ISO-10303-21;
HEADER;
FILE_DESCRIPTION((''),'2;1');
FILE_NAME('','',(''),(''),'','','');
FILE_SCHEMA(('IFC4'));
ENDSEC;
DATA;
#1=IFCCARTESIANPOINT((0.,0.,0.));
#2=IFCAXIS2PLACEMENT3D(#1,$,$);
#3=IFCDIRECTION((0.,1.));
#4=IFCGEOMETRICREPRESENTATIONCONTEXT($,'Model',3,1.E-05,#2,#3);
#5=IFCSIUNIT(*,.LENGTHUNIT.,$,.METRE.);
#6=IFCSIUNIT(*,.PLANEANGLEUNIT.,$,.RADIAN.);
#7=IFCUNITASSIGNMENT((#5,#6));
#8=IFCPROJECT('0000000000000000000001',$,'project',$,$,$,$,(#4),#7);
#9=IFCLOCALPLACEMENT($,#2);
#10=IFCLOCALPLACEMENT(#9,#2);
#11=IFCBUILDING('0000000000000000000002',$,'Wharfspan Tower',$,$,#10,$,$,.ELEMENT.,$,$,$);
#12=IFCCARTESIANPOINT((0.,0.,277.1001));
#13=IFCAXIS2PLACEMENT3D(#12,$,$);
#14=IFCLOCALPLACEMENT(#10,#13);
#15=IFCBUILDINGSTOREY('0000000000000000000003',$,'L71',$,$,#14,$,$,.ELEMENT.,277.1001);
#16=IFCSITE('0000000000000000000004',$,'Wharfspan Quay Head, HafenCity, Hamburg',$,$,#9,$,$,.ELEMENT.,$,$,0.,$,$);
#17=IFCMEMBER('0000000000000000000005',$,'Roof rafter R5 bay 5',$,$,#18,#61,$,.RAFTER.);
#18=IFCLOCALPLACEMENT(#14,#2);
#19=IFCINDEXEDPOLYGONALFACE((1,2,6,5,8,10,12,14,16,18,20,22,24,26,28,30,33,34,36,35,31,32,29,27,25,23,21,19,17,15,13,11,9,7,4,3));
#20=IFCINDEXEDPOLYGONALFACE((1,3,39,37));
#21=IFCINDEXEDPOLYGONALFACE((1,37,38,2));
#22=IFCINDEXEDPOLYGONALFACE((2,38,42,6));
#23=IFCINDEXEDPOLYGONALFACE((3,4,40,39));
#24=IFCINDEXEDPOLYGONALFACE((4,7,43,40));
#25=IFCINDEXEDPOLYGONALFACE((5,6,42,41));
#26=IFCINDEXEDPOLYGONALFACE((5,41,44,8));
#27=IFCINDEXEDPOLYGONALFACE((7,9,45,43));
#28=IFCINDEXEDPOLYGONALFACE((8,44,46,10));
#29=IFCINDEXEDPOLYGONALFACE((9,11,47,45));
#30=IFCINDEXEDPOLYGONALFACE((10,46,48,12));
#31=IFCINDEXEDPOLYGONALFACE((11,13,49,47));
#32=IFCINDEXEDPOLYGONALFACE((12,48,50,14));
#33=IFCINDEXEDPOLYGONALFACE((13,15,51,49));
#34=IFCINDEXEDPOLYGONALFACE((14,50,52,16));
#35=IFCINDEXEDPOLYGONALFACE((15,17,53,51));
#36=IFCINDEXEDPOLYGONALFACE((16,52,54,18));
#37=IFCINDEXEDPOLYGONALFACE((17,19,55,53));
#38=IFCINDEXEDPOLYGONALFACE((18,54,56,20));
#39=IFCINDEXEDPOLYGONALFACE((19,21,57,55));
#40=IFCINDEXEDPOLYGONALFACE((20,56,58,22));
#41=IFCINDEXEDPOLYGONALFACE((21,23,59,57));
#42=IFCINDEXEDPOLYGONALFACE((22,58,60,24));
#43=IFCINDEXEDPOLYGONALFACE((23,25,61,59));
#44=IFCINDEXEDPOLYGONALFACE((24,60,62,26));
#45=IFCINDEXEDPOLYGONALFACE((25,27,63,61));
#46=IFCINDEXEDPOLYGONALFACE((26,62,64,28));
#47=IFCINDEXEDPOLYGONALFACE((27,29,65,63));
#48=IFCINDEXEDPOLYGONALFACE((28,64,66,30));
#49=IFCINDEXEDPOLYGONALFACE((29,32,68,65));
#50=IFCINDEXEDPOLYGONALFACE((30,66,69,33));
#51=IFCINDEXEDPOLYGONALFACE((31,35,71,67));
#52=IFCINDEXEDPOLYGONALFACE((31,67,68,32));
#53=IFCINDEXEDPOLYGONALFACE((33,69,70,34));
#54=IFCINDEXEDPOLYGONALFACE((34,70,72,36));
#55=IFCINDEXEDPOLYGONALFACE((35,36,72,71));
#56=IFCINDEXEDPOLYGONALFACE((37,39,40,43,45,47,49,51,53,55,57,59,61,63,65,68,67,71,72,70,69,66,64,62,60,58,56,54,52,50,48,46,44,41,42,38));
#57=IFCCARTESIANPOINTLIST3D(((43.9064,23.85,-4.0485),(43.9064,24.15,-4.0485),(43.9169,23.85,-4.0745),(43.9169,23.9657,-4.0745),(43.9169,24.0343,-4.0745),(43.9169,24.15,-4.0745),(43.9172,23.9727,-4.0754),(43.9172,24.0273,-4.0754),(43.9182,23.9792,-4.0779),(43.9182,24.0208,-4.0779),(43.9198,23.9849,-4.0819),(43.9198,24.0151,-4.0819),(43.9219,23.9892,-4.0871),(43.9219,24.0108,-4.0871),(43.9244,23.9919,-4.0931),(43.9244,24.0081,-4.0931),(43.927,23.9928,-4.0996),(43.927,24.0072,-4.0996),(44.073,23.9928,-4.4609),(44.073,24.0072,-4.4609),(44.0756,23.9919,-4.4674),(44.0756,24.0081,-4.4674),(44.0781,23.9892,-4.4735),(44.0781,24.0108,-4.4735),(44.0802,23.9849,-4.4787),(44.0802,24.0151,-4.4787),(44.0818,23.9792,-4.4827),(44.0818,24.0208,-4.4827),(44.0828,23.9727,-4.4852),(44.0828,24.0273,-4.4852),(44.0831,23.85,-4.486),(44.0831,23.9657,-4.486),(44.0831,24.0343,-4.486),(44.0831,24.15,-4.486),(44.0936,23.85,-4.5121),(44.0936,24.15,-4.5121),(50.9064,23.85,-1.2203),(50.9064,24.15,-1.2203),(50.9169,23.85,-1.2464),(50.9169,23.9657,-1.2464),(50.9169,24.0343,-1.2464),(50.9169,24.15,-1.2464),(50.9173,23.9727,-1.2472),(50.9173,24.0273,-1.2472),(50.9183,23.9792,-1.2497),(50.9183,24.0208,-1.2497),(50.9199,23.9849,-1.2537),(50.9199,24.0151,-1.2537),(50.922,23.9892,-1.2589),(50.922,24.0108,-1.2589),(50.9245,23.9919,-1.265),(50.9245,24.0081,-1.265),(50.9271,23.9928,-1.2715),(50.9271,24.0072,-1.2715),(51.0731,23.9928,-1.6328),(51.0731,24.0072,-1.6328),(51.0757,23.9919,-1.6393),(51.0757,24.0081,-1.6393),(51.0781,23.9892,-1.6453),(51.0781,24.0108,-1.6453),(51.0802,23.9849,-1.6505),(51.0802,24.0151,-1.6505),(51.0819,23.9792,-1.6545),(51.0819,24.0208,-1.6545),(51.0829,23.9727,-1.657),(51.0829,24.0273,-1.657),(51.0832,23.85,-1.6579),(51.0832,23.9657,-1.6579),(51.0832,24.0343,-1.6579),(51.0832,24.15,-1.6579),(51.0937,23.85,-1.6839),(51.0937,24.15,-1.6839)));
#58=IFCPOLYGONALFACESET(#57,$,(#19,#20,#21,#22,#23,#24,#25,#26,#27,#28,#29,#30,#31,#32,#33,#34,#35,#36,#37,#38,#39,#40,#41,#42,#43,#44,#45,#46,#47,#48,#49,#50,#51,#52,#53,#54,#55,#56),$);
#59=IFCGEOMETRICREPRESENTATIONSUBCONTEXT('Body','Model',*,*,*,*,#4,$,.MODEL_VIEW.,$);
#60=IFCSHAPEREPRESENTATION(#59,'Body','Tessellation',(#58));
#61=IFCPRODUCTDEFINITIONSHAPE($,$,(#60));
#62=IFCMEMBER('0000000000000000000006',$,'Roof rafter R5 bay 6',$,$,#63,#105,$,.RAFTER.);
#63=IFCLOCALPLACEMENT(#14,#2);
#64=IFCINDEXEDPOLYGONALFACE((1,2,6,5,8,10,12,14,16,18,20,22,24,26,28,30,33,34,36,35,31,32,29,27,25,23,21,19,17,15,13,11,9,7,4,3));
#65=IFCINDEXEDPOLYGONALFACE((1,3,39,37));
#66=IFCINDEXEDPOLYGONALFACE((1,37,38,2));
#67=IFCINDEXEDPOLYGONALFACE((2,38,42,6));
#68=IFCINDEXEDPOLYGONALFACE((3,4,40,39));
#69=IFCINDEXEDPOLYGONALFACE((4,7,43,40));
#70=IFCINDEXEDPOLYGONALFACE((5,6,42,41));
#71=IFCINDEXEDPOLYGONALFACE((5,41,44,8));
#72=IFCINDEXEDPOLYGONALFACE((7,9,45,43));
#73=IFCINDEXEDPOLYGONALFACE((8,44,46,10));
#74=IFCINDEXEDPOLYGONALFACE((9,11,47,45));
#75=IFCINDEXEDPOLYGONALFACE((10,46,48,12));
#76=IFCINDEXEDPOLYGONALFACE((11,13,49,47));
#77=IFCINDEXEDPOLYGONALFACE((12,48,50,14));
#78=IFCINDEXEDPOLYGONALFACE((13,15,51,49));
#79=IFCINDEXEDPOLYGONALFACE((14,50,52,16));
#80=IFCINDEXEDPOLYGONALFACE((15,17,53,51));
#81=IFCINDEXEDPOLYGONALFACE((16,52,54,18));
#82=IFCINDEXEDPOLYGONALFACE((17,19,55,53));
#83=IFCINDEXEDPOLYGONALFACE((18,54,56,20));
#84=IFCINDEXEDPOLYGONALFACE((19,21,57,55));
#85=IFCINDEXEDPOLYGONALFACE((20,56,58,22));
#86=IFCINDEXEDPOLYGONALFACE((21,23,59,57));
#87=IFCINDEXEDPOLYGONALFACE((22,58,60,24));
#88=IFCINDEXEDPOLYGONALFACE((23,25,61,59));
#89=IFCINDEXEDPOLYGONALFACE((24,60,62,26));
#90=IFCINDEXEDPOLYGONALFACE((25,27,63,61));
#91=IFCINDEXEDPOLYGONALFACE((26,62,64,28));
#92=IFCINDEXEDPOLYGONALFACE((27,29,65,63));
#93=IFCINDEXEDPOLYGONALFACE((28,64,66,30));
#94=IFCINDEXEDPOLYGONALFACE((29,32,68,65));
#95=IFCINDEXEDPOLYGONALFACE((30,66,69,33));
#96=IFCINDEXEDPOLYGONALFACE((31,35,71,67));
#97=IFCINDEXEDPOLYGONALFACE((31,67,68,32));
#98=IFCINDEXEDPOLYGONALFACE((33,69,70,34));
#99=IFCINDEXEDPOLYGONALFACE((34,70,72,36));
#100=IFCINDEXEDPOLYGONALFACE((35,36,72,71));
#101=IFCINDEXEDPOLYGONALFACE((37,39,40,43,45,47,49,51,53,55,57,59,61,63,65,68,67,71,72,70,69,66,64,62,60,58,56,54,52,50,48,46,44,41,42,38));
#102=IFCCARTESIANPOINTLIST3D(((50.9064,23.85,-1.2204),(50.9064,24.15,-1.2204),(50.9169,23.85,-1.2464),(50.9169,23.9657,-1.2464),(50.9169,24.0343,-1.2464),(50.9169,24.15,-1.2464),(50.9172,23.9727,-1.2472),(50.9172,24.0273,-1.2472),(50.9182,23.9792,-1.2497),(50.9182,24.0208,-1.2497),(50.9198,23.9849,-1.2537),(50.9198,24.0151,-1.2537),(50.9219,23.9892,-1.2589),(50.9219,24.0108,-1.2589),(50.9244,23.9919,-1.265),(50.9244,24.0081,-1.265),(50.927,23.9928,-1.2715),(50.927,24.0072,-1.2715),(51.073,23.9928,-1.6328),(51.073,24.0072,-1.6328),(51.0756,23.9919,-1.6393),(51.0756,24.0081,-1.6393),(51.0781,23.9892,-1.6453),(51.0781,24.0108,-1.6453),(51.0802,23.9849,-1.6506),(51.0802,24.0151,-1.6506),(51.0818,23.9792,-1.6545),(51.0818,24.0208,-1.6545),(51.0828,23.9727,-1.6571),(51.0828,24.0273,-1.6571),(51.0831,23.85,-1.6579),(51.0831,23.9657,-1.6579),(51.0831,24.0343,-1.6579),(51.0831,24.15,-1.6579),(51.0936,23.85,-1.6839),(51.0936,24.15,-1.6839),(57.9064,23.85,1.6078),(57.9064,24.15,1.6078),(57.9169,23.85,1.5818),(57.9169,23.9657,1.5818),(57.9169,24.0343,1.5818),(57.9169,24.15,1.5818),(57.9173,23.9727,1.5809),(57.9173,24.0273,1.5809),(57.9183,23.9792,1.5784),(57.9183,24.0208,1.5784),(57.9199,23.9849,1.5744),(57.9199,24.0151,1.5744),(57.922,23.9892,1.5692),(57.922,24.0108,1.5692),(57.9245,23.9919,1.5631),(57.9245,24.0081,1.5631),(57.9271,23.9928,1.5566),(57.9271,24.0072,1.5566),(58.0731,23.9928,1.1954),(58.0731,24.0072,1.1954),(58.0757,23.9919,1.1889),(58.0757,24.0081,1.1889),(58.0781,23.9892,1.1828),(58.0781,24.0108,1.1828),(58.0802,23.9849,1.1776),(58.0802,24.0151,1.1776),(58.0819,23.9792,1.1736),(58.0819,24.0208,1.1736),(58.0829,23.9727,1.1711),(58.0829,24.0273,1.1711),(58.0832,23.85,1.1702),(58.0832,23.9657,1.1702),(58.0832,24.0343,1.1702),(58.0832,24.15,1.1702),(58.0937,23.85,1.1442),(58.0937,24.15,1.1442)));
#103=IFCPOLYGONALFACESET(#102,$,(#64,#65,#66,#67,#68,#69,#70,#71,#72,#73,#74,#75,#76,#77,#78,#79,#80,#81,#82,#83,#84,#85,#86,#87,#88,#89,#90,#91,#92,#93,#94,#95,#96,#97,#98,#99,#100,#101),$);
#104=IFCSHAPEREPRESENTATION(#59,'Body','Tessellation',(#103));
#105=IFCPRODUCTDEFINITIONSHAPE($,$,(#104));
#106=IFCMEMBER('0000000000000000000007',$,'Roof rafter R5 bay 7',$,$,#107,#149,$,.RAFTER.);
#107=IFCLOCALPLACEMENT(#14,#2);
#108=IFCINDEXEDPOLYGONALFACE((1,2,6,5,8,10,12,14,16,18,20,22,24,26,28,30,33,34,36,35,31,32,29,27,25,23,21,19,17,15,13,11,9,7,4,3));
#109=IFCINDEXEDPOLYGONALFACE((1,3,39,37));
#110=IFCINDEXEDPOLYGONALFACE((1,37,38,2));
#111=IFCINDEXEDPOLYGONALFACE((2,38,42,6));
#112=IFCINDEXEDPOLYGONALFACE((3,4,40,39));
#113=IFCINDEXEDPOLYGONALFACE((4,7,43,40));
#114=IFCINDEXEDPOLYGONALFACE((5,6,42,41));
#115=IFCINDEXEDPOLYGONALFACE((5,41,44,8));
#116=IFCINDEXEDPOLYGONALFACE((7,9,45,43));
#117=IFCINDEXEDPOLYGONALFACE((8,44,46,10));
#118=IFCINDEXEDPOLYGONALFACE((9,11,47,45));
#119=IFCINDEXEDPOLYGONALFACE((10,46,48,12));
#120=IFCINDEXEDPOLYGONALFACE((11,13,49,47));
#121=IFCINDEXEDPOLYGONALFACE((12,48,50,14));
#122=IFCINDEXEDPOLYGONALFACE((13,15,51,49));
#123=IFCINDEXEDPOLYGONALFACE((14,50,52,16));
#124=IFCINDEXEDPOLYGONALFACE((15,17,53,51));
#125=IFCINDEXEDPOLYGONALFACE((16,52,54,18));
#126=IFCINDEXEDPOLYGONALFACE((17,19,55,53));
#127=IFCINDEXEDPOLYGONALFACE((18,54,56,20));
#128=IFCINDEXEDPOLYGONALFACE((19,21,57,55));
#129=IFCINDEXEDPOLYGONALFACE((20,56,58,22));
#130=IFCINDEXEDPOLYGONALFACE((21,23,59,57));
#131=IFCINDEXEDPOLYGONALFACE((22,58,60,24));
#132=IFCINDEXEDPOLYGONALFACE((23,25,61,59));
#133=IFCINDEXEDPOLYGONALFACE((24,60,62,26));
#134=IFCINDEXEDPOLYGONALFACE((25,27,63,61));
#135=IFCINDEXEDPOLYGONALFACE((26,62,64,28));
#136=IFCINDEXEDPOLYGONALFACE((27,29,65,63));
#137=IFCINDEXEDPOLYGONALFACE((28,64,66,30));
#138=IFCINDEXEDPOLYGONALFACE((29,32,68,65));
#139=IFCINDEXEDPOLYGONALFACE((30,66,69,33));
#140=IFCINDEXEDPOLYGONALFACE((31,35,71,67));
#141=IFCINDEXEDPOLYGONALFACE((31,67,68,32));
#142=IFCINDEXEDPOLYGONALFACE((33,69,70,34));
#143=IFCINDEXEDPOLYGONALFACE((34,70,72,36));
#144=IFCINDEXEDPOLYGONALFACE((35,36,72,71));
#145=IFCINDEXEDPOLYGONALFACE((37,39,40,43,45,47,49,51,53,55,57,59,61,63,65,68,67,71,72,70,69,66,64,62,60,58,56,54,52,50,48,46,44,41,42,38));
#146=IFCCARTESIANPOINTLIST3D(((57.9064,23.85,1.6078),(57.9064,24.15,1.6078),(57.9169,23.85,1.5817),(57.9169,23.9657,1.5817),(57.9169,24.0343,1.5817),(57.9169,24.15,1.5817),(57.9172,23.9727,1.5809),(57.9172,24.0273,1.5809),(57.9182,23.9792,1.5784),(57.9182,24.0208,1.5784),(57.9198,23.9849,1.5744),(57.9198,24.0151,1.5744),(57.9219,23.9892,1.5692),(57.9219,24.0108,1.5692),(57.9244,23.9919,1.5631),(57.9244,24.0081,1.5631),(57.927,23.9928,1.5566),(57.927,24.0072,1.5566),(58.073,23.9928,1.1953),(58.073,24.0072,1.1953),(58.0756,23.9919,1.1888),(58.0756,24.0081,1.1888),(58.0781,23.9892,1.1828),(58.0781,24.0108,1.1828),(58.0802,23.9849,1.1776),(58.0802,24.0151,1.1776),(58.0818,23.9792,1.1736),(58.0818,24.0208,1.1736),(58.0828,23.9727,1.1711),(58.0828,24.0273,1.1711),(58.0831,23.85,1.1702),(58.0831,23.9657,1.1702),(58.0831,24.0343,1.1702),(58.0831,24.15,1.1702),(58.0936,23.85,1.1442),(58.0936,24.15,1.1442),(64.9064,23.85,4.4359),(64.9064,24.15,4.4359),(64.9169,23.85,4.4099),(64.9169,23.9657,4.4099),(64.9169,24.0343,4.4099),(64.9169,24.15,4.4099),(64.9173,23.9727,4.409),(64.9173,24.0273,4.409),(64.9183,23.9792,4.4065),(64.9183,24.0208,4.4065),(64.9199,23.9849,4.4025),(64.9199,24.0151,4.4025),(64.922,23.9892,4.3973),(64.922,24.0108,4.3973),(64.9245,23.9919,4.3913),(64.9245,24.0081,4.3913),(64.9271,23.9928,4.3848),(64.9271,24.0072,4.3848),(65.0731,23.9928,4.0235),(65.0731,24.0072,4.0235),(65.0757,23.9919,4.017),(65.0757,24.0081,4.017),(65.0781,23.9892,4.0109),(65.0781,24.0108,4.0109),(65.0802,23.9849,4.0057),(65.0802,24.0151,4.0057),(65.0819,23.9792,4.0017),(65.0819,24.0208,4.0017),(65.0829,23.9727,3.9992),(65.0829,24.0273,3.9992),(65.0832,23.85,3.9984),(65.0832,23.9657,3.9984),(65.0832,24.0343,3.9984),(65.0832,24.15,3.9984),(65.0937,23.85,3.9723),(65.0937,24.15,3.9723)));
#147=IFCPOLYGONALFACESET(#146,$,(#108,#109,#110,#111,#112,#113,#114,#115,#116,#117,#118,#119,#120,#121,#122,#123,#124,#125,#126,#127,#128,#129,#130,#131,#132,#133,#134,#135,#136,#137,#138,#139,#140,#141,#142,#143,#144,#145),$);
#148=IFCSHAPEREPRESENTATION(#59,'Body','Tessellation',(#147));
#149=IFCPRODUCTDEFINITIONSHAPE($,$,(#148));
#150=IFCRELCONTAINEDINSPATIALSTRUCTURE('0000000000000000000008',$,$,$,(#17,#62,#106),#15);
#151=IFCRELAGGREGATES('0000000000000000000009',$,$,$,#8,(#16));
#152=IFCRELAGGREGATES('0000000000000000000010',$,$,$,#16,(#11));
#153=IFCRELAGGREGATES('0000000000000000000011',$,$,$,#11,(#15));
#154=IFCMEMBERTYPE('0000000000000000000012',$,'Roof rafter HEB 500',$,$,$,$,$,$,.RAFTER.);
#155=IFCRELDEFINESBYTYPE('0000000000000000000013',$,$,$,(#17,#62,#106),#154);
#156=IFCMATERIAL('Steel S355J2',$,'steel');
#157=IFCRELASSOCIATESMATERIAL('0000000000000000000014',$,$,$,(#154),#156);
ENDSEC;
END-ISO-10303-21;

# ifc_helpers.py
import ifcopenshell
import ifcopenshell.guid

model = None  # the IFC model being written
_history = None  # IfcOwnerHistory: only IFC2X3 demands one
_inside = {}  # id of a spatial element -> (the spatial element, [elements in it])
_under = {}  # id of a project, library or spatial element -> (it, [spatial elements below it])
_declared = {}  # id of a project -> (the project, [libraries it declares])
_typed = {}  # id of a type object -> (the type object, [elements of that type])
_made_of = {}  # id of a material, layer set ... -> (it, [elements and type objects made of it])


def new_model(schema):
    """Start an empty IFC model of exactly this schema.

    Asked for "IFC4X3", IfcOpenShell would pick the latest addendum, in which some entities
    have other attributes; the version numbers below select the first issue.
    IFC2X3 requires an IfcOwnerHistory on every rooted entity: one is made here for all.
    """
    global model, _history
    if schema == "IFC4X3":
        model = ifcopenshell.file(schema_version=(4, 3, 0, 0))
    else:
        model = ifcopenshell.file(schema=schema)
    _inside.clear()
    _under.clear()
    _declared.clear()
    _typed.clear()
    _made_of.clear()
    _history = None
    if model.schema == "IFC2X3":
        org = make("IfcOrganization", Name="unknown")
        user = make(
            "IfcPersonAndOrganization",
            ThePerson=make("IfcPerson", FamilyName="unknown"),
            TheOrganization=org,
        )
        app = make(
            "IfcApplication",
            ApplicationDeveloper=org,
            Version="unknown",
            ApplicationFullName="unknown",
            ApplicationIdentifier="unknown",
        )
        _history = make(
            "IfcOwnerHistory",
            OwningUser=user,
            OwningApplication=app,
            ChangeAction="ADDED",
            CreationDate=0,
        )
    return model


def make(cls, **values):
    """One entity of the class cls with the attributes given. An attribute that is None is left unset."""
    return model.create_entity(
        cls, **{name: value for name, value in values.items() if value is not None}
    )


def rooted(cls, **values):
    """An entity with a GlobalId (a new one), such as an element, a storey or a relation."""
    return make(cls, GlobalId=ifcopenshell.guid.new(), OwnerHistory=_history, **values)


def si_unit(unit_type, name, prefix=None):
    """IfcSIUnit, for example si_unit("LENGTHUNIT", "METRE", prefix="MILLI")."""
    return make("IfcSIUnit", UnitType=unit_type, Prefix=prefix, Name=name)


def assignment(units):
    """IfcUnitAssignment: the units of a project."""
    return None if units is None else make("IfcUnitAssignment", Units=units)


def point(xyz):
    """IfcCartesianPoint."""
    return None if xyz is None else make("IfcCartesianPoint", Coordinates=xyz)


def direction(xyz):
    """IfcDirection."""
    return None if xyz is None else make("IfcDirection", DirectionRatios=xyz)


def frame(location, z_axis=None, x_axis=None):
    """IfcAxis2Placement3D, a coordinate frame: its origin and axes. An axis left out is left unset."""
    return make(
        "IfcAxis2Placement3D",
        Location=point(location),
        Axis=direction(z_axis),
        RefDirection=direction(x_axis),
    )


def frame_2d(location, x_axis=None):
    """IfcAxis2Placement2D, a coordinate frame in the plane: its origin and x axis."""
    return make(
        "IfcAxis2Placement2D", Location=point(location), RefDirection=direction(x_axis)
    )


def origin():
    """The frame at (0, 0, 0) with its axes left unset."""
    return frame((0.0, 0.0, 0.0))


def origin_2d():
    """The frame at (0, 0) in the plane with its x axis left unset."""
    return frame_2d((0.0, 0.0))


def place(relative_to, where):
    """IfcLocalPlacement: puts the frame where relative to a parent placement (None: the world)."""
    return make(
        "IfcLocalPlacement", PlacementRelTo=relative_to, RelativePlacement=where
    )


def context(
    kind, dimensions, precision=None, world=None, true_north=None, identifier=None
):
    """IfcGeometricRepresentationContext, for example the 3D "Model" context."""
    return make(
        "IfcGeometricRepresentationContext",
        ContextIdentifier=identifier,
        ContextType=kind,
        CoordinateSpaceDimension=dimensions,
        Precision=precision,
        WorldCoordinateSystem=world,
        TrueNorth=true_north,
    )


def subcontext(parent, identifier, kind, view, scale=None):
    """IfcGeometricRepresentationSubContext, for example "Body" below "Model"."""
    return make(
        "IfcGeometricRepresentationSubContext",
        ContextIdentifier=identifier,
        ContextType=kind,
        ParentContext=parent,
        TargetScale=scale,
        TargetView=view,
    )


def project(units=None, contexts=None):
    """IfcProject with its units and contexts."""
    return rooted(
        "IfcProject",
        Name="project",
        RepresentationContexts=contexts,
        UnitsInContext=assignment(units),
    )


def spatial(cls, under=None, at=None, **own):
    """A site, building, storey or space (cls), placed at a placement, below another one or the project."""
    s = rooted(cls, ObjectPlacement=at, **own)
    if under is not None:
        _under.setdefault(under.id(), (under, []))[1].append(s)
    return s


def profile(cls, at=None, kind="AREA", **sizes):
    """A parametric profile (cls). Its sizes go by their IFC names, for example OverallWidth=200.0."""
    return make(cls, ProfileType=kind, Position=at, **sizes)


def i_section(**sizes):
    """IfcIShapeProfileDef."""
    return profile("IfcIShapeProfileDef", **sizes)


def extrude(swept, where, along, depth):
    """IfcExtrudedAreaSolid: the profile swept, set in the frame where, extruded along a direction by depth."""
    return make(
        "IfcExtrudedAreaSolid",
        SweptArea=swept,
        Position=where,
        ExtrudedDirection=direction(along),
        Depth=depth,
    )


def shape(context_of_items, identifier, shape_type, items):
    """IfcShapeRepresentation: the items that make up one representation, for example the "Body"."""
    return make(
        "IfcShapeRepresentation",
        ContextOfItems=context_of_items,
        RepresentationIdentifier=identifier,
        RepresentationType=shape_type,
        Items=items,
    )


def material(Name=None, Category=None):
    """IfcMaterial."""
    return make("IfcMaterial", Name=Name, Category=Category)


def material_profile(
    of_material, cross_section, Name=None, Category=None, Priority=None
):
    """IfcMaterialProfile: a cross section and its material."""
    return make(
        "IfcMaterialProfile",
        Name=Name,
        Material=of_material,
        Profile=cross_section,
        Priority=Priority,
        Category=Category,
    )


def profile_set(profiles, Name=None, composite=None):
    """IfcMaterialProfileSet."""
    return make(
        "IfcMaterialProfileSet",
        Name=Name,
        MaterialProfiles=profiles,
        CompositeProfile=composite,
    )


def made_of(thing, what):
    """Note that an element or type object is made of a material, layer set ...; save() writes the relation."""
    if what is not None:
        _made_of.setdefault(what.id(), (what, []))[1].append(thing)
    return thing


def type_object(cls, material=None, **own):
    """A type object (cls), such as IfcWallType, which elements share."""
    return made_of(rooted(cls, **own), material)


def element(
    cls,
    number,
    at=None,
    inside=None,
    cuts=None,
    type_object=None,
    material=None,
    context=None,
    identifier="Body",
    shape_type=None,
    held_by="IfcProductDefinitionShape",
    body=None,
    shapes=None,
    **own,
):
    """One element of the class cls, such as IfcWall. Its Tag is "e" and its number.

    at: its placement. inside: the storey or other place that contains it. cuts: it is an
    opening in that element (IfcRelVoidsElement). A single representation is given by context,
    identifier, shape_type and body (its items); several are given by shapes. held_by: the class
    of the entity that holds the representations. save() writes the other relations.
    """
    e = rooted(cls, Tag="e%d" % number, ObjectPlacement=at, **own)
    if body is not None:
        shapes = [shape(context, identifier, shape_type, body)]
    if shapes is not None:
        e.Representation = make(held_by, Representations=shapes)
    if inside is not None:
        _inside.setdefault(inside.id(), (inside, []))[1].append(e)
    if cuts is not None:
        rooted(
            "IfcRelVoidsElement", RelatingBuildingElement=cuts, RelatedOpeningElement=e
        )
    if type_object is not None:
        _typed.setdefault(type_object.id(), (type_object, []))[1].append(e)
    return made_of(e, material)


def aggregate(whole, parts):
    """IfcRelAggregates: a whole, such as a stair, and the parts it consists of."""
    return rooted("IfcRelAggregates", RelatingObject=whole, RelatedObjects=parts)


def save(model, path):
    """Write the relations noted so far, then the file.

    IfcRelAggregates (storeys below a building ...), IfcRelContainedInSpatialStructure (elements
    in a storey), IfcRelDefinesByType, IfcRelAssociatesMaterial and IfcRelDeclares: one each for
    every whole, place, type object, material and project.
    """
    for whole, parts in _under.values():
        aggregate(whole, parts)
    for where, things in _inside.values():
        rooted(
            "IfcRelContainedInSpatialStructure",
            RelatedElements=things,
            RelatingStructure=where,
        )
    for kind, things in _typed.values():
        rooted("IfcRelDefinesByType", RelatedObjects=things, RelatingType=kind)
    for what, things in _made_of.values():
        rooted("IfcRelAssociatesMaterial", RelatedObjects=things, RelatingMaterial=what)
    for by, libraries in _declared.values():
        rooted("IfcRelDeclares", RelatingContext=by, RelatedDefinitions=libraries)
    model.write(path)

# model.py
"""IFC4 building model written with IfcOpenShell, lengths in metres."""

from ifc_helpers import new_model, si_unit, direction, frame, origin, origin_2d, place, context, subcontext, project, spatial, i_section, extrude, material, material_profile, profile_set, type_object, element, save


model = new_model("IFC4")

# Units and contexts
model_context = context("Model", 3, precision=1e-05, world=origin(), true_north=direction((0.0, 1.0)))
body_context = subcontext(model_context, "Body", "Model", "MODEL_VIEW")
ifc_project = project(units=[si_unit("LENGTHUNIT", "METRE"), si_unit("PLANEANGLEUNIT", "RADIAN")], contexts=[model_context])

# Site, building, storey
site_placement = place(None, origin())
site = spatial("IfcSite", under=ifc_project, at=site_placement, Name="Wharfspan Quay Head, HafenCity, Hamburg", CompositionType="ELEMENT", RefElevation=0.0)
building_placement = place(site_placement, origin())
building = spatial("IfcBuilding", under=site, at=building_placement, Name="Wharfspan Tower", CompositionType="ELEMENT")
storey_placement = place(building_placement, frame((0.0, 0.0, 277.1001)))
storey = spatial("IfcBuildingStorey", under=building, at=storey_placement, Name="L71", CompositionType="ELEMENT", Elevation=277.1001)

# Shared definitions
ifc_material_1 = material(Name="Steel S355J2", Category="steel")

# Members
ifc_material_profile_1 = material_profile(ifc_material_1, i_section(OverallWidth=0.3, OverallDepth=0.5, WebThickness=0.0144, FlangeThickness=0.0281, FilletRadius=0.0271, at=origin_2d()))
ifc_profile_set_1 = profile_set([ifc_material_profile_1], Name="Steel S355J2")
member_type_1 = type_object("IfcMemberType", Name="Roof rafter HEB 500", PredefinedType="RAFTER", material=ifc_profile_set_1)
for number, where, z_axis, x_axis, name in (
    (1, (44.0, 24.0, -4.2803), (0.927187, 0.0, 0.3746), (0.0, 1.0, 0.0), "Roof rafter R5 bay 5"),
    (2, (51.0, 24.0, -1.4521), (0.927187, 0.0, 0.3746), (0.0, 1.0, 0.0), "Roof rafter R5 bay 6"),
    (3, (58.0, 24.0, 1.376), (0.927187, 0.0, 0.3746), (0.0, 1.0, 0.0), "Roof rafter R5 bay 7"),
):
    element("IfcMember", number, at=place(storey_placement, frame(where, z_axis=z_axis, x_axis=x_axis)), inside=storey, type_object=member_type_1, Name=name, PredefinedType="RAFTER", context=body_context, shape_type="SweptSolid", body=[
        extrude(i_section(OverallWidth=0.3, OverallDepth=0.5, WebThickness=0.0144, FlangeThickness=0.0281, FilletRadius=0.0271, at=origin_2d()), origin(), (0.0, 0.0, 1.0), 7.5498),
    ])

save(model, "model.ifc")
